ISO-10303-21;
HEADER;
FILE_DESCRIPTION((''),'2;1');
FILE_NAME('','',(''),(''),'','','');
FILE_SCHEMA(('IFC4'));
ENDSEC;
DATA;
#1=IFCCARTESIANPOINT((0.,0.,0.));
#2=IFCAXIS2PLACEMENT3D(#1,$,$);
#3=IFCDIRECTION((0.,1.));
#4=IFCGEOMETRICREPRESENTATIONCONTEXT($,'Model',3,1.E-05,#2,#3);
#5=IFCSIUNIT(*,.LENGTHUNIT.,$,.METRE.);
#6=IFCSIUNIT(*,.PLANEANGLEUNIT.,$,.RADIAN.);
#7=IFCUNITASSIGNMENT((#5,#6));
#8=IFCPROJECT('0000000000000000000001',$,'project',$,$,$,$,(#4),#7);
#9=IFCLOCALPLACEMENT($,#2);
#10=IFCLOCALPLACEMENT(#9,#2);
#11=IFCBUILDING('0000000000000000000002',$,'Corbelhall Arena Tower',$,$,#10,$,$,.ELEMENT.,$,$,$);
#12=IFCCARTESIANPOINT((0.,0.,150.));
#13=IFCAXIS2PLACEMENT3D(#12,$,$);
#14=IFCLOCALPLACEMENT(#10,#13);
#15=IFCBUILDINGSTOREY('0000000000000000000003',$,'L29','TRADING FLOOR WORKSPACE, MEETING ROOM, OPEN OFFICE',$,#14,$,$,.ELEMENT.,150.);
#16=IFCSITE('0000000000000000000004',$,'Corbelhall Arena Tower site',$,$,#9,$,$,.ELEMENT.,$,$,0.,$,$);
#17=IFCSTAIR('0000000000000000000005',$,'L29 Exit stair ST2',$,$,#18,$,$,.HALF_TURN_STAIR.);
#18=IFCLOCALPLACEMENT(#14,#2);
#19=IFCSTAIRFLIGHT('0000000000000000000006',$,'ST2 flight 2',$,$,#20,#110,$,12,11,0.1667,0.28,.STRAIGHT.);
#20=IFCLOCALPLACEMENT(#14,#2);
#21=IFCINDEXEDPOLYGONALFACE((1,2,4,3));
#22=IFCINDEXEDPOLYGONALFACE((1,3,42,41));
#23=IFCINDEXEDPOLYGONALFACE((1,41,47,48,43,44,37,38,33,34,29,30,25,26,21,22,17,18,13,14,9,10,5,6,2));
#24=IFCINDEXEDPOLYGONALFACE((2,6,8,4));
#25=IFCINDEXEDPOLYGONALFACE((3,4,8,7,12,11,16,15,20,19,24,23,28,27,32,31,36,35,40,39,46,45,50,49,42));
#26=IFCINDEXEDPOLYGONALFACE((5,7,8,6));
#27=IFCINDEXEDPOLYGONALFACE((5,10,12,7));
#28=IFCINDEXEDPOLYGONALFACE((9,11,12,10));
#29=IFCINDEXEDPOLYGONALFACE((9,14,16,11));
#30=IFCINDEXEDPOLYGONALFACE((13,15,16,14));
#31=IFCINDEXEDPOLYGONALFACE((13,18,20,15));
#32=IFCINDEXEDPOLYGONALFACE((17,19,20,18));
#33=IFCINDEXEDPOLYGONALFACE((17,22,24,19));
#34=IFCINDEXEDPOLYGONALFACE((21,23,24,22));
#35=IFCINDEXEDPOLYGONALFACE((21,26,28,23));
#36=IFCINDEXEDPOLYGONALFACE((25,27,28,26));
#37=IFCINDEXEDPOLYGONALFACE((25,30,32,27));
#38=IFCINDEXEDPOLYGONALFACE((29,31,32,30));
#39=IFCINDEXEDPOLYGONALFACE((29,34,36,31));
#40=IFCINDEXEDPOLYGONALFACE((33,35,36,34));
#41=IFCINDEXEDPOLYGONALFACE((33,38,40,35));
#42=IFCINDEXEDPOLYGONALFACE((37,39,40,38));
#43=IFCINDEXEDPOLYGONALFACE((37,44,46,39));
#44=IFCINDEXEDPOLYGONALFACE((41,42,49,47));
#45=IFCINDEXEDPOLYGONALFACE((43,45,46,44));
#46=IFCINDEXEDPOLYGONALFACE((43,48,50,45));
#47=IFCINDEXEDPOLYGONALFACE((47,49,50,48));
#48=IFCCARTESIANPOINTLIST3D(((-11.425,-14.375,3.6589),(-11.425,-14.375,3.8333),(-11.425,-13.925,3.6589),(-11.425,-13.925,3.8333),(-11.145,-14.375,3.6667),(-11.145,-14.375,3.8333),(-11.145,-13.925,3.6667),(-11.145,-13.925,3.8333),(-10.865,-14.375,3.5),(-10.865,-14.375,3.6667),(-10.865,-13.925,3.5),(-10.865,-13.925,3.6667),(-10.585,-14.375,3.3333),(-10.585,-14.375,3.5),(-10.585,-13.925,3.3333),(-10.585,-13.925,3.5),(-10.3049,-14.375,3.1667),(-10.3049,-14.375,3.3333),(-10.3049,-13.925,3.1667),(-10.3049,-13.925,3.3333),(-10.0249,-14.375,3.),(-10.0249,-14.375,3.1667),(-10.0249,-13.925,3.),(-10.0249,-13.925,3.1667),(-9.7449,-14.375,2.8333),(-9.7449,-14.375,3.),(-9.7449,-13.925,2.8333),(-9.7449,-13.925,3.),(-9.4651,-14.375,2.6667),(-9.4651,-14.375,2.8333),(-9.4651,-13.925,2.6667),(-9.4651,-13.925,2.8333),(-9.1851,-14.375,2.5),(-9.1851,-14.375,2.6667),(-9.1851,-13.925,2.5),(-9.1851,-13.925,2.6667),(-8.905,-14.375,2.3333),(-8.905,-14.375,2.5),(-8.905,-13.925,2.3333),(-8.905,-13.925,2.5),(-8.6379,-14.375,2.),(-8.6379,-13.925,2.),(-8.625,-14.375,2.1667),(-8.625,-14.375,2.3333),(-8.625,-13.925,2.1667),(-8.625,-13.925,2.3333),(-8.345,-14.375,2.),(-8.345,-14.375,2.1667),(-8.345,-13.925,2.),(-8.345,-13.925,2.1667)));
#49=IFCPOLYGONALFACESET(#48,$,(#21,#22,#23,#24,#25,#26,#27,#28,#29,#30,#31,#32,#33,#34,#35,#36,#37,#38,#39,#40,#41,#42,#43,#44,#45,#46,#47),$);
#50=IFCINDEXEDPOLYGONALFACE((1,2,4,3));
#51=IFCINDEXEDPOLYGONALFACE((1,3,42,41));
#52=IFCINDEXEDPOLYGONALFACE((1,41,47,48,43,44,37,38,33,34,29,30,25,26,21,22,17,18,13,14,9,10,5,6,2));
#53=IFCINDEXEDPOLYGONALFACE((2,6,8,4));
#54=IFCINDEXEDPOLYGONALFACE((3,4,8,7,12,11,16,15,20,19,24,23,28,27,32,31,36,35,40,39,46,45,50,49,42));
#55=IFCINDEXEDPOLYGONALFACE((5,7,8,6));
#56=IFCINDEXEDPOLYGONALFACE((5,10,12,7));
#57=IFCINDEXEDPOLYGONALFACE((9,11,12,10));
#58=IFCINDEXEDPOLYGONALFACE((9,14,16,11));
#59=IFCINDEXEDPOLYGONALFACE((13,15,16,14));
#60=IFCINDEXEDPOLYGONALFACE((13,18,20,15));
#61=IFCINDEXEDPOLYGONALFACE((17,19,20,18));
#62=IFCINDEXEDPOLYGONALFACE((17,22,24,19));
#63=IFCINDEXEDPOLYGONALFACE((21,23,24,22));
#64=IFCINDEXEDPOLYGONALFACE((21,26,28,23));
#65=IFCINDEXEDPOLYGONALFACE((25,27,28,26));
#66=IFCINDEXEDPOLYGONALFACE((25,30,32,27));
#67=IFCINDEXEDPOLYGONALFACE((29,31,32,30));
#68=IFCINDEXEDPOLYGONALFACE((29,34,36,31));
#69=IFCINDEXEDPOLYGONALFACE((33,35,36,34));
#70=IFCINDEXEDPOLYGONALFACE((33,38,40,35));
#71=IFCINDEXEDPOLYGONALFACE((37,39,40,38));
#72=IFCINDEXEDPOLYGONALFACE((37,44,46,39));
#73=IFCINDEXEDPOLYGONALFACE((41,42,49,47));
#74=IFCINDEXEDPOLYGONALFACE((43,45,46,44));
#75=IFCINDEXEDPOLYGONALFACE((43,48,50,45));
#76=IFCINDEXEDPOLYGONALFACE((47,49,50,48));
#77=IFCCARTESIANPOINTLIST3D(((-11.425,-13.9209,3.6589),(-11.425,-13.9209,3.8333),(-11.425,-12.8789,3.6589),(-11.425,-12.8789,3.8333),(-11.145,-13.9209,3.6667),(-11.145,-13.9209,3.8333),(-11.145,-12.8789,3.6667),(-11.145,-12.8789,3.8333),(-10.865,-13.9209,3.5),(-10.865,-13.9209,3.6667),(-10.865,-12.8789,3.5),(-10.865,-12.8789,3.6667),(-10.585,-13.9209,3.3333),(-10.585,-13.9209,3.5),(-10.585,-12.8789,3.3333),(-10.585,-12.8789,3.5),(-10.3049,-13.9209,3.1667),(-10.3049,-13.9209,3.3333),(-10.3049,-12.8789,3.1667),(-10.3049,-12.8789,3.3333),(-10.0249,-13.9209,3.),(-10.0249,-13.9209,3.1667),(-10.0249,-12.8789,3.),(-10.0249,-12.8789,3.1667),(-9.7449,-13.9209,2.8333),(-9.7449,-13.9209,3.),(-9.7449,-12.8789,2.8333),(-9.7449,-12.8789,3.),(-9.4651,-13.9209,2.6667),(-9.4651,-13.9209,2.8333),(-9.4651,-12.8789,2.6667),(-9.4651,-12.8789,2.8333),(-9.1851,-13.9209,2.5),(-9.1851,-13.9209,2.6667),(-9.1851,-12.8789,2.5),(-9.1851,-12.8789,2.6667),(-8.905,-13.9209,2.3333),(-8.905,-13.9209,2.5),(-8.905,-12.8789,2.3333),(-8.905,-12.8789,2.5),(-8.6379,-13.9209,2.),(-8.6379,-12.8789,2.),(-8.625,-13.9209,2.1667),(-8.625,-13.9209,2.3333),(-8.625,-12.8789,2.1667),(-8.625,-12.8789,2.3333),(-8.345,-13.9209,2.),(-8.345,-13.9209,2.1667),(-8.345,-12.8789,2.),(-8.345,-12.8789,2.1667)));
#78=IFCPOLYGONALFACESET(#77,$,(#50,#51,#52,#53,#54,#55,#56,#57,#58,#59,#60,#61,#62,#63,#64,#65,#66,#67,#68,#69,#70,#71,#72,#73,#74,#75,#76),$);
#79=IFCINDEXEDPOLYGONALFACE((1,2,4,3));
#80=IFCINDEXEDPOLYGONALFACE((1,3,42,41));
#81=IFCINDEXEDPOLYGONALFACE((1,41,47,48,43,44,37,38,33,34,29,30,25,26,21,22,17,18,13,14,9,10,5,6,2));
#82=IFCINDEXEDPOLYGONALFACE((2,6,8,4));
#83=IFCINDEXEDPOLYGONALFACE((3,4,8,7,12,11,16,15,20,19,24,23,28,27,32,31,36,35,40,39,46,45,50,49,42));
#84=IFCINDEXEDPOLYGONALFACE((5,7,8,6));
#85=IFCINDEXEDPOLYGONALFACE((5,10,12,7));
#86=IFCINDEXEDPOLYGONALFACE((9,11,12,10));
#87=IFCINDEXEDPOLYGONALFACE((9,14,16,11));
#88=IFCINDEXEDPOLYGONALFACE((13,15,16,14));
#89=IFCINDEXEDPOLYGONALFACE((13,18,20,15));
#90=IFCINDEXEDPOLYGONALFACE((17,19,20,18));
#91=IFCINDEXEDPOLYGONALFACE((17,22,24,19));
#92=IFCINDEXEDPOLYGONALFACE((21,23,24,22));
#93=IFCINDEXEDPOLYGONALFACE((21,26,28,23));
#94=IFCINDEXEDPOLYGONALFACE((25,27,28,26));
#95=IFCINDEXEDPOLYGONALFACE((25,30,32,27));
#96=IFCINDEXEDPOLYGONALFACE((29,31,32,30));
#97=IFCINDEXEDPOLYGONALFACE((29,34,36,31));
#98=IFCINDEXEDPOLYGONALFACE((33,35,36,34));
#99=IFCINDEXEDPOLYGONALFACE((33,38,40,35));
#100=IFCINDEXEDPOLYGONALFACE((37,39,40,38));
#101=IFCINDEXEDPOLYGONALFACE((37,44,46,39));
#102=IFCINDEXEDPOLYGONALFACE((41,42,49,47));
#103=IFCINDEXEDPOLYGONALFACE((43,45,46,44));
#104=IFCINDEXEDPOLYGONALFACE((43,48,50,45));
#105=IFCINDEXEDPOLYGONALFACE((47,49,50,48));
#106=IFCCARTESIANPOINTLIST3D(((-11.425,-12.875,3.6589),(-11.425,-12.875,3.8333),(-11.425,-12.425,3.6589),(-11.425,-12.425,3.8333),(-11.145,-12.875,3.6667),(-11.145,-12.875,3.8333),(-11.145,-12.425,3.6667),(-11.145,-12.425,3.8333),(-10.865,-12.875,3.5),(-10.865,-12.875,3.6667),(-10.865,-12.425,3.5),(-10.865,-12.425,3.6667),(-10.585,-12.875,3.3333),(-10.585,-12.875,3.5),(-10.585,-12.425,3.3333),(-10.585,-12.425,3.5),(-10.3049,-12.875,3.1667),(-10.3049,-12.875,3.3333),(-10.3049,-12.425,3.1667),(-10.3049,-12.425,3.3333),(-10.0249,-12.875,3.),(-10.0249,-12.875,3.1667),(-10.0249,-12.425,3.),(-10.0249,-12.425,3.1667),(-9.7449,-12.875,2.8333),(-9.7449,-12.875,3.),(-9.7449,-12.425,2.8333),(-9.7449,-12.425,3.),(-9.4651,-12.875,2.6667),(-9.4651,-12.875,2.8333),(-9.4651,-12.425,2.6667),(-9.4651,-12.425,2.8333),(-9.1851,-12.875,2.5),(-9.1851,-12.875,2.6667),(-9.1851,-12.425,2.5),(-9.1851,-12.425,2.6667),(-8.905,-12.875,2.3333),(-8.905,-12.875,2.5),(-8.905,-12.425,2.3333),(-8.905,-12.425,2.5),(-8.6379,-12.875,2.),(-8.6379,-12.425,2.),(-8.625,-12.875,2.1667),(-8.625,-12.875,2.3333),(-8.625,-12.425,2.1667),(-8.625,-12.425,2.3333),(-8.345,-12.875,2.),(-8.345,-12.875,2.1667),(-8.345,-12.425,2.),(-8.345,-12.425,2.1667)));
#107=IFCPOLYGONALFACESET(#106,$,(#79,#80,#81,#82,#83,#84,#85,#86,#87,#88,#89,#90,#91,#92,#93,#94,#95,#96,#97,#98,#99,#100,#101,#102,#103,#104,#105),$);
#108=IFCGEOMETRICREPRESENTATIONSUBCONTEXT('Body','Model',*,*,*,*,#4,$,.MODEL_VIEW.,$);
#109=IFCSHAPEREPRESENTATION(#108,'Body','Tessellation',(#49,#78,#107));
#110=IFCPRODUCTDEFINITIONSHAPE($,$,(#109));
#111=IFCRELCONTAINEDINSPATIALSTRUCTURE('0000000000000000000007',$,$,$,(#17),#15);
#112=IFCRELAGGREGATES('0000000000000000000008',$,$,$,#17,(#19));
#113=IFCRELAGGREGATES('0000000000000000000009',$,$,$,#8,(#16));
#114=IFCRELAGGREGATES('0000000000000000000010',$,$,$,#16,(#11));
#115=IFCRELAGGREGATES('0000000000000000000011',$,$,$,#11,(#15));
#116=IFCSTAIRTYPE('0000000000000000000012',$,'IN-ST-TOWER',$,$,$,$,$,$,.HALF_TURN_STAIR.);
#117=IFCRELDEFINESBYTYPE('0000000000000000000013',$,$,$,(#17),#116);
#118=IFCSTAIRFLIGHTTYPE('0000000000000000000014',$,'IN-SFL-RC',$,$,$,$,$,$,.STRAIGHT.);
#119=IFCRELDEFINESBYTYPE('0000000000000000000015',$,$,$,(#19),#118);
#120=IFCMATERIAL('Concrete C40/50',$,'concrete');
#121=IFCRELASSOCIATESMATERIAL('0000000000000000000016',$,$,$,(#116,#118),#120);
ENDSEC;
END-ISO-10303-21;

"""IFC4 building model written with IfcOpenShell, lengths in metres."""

from ifc_helpers import new_model, si_unit, direction, frame, origin, place, context, subcontext, project, spatial, polyline, outline, extrude, material, type_object, element, aggregate, save


model = new_model("IFC4")

# Units and contexts
model_context = context("Model", 3, precision=1e-05, world=origin(), true_north=direction((0.0, 1.0)))
body_context = subcontext(model_context, "Body", "Model", "MODEL_VIEW")
ifc_project = project(units=[si_unit("LENGTHUNIT", "METRE"), si_unit("PLANEANGLEUNIT", "RADIAN")], contexts=[model_context])

# Site, building, storey
site_placement = place(None, origin())
site = spatial("IfcSite", under=ifc_project, at=site_placement, Name="Corbelhall Arena Tower site", CompositionType="ELEMENT", RefElevation=0.0)
building_placement = place(site_placement, origin())
building = spatial("IfcBuilding", under=site, at=building_placement, Name="Corbelhall Arena Tower", CompositionType="ELEMENT")
storey_placement = place(building_placement, frame((0.0, 0.0, 150.0)))
storey = spatial("IfcBuildingStorey", under=building, at=storey_placement, Name="L29", Description="TRADING FLOOR WORKSPACE, MEETING ROOM, OPEN OFFICE", CompositionType="ELEMENT", Elevation=150.0)

# Shared definitions
ifc_material_1 = material(Name="Concrete C40/50", Category="concrete")

# Stair, stair flight
stair_type = type_object("IfcStairType", Name="IN-ST-TOWER", PredefinedType="HALF_TURN_STAIR", material=ifc_material_1)
stair_placement = place(storey_placement, origin())
stair = element("IfcStair", 1, at=stair_placement, inside=storey, type_object=stair_type, Name="L29 Exit stair ST2", PredefinedType="HALF_TURN_STAIR")
stair_flight_type = type_object("IfcStairFlightType", Name="IN-SFL-RC", PredefinedType="STRAIGHT", material=ifc_material_1)
stair_flight_1_placement = place(storey_placement, frame((-8.345, -13.3999, 2.0), z_axis=(0.0, 0.0, 1.0), x_axis=(-1.0, 0.0, 0.0)))
stair_flight_1 = element("IfcStairFlight", 2, at=stair_flight_1_placement, type_object=stair_flight_type, Name="ST2 flight 2", NumberOfRisers=12, NumberOfTreads=11, PredefinedType="STRAIGHT", RiserHeight=0.1667, TreadLength=0.28, context=body_context, shape_type="SweptSolid", body=[
    extrude(outline(polyline([(0.0, 0.0), (0.0, 0.1667), (0.28, 0.1667), (0.28, 0.3333), (0.5601, 0.3333), (0.5601, 0.5), (0.8401, 0.5), (0.8401, 0.6667), (1.1201, 0.6667), (1.1201, 0.8333), (1.3999, 0.8333), (1.3999, 1.0), (1.6799, 1.0), (1.6799, 1.1667), (1.96, 1.1667), (1.96, 1.3333), (2.24, 1.3333), (2.24, 1.5), (2.52, 1.5), (2.52, 1.6667), (2.8, 1.6667), (2.8, 1.8333), (3.0801, 1.8333), (3.0801, 2.0), (3.0801, 1.6589), (0.293, 0.0), (0.0, 0.0)])), frame((0.0, 0.9751, 0.0), z_axis=(0.0, -1.0, 0.0), x_axis=(1.0, 0.0, 0.0)), (0.0, 0.0, 1.0), 0.45),
    extrude(outline(polyline([(0.0, 0.0), (0.0, 0.1667), (0.28, 0.1667), (0.28, 0.3333), (0.5601, 0.3333), (0.5601, 0.5), (0.8401, 0.5), (0.8401, 0.6667), (1.1201, 0.6667), (1.1201, 0.8333), (1.3999, 0.8333), (1.3999, 1.0), (1.6799, 1.0), (1.6799, 1.1667), (1.96, 1.1667), (1.96, 1.3333), (2.24, 1.3333), (2.24, 1.5), (2.52, 1.5), (2.52, 1.6667), (2.8, 1.6667), (2.8, 1.8333), (3.0801, 1.8333), (3.0801, 2.0), (3.0801, 1.6589), (0.293, 0.0), (0.0, 0.0)])), frame((0.0, 0.521, 0.0), z_axis=(0.0, -1.0, 0.0), x_axis=(1.0, 0.0, 0.0)), (0.0, 0.0, 1.0), 1.042),
    extrude(outline(polyline([(0.0, 0.0), (0.0, 0.1667), (0.28, 0.1667), (0.28, 0.3333), (0.5601, 0.3333), (0.5601, 0.5), (0.8401, 0.5), (0.8401, 0.6667), (1.1201, 0.6667), (1.1201, 0.8333), (1.3999, 0.8333), (1.3999, 1.0), (1.6799, 1.0), (1.6799, 1.1667), (1.96, 1.1667), (1.96, 1.3333), (2.24, 1.3333), (2.24, 1.5), (2.52, 1.5), (2.52, 1.6667), (2.8, 1.6667), (2.8, 1.8333), (3.0801, 1.8333), (3.0801, 2.0), (3.0801, 1.6589), (0.293, 0.0), (0.0, 0.0)])), frame((0.0, -0.5249, 0.0), z_axis=(0.0, -1.0, 0.0), x_axis=(1.0, 0.0, 0.0)), (0.0, 0.0, 1.0), 0.45),
])
aggregate(stair, [stair_flight_1])

save(model, "model.ifc")
